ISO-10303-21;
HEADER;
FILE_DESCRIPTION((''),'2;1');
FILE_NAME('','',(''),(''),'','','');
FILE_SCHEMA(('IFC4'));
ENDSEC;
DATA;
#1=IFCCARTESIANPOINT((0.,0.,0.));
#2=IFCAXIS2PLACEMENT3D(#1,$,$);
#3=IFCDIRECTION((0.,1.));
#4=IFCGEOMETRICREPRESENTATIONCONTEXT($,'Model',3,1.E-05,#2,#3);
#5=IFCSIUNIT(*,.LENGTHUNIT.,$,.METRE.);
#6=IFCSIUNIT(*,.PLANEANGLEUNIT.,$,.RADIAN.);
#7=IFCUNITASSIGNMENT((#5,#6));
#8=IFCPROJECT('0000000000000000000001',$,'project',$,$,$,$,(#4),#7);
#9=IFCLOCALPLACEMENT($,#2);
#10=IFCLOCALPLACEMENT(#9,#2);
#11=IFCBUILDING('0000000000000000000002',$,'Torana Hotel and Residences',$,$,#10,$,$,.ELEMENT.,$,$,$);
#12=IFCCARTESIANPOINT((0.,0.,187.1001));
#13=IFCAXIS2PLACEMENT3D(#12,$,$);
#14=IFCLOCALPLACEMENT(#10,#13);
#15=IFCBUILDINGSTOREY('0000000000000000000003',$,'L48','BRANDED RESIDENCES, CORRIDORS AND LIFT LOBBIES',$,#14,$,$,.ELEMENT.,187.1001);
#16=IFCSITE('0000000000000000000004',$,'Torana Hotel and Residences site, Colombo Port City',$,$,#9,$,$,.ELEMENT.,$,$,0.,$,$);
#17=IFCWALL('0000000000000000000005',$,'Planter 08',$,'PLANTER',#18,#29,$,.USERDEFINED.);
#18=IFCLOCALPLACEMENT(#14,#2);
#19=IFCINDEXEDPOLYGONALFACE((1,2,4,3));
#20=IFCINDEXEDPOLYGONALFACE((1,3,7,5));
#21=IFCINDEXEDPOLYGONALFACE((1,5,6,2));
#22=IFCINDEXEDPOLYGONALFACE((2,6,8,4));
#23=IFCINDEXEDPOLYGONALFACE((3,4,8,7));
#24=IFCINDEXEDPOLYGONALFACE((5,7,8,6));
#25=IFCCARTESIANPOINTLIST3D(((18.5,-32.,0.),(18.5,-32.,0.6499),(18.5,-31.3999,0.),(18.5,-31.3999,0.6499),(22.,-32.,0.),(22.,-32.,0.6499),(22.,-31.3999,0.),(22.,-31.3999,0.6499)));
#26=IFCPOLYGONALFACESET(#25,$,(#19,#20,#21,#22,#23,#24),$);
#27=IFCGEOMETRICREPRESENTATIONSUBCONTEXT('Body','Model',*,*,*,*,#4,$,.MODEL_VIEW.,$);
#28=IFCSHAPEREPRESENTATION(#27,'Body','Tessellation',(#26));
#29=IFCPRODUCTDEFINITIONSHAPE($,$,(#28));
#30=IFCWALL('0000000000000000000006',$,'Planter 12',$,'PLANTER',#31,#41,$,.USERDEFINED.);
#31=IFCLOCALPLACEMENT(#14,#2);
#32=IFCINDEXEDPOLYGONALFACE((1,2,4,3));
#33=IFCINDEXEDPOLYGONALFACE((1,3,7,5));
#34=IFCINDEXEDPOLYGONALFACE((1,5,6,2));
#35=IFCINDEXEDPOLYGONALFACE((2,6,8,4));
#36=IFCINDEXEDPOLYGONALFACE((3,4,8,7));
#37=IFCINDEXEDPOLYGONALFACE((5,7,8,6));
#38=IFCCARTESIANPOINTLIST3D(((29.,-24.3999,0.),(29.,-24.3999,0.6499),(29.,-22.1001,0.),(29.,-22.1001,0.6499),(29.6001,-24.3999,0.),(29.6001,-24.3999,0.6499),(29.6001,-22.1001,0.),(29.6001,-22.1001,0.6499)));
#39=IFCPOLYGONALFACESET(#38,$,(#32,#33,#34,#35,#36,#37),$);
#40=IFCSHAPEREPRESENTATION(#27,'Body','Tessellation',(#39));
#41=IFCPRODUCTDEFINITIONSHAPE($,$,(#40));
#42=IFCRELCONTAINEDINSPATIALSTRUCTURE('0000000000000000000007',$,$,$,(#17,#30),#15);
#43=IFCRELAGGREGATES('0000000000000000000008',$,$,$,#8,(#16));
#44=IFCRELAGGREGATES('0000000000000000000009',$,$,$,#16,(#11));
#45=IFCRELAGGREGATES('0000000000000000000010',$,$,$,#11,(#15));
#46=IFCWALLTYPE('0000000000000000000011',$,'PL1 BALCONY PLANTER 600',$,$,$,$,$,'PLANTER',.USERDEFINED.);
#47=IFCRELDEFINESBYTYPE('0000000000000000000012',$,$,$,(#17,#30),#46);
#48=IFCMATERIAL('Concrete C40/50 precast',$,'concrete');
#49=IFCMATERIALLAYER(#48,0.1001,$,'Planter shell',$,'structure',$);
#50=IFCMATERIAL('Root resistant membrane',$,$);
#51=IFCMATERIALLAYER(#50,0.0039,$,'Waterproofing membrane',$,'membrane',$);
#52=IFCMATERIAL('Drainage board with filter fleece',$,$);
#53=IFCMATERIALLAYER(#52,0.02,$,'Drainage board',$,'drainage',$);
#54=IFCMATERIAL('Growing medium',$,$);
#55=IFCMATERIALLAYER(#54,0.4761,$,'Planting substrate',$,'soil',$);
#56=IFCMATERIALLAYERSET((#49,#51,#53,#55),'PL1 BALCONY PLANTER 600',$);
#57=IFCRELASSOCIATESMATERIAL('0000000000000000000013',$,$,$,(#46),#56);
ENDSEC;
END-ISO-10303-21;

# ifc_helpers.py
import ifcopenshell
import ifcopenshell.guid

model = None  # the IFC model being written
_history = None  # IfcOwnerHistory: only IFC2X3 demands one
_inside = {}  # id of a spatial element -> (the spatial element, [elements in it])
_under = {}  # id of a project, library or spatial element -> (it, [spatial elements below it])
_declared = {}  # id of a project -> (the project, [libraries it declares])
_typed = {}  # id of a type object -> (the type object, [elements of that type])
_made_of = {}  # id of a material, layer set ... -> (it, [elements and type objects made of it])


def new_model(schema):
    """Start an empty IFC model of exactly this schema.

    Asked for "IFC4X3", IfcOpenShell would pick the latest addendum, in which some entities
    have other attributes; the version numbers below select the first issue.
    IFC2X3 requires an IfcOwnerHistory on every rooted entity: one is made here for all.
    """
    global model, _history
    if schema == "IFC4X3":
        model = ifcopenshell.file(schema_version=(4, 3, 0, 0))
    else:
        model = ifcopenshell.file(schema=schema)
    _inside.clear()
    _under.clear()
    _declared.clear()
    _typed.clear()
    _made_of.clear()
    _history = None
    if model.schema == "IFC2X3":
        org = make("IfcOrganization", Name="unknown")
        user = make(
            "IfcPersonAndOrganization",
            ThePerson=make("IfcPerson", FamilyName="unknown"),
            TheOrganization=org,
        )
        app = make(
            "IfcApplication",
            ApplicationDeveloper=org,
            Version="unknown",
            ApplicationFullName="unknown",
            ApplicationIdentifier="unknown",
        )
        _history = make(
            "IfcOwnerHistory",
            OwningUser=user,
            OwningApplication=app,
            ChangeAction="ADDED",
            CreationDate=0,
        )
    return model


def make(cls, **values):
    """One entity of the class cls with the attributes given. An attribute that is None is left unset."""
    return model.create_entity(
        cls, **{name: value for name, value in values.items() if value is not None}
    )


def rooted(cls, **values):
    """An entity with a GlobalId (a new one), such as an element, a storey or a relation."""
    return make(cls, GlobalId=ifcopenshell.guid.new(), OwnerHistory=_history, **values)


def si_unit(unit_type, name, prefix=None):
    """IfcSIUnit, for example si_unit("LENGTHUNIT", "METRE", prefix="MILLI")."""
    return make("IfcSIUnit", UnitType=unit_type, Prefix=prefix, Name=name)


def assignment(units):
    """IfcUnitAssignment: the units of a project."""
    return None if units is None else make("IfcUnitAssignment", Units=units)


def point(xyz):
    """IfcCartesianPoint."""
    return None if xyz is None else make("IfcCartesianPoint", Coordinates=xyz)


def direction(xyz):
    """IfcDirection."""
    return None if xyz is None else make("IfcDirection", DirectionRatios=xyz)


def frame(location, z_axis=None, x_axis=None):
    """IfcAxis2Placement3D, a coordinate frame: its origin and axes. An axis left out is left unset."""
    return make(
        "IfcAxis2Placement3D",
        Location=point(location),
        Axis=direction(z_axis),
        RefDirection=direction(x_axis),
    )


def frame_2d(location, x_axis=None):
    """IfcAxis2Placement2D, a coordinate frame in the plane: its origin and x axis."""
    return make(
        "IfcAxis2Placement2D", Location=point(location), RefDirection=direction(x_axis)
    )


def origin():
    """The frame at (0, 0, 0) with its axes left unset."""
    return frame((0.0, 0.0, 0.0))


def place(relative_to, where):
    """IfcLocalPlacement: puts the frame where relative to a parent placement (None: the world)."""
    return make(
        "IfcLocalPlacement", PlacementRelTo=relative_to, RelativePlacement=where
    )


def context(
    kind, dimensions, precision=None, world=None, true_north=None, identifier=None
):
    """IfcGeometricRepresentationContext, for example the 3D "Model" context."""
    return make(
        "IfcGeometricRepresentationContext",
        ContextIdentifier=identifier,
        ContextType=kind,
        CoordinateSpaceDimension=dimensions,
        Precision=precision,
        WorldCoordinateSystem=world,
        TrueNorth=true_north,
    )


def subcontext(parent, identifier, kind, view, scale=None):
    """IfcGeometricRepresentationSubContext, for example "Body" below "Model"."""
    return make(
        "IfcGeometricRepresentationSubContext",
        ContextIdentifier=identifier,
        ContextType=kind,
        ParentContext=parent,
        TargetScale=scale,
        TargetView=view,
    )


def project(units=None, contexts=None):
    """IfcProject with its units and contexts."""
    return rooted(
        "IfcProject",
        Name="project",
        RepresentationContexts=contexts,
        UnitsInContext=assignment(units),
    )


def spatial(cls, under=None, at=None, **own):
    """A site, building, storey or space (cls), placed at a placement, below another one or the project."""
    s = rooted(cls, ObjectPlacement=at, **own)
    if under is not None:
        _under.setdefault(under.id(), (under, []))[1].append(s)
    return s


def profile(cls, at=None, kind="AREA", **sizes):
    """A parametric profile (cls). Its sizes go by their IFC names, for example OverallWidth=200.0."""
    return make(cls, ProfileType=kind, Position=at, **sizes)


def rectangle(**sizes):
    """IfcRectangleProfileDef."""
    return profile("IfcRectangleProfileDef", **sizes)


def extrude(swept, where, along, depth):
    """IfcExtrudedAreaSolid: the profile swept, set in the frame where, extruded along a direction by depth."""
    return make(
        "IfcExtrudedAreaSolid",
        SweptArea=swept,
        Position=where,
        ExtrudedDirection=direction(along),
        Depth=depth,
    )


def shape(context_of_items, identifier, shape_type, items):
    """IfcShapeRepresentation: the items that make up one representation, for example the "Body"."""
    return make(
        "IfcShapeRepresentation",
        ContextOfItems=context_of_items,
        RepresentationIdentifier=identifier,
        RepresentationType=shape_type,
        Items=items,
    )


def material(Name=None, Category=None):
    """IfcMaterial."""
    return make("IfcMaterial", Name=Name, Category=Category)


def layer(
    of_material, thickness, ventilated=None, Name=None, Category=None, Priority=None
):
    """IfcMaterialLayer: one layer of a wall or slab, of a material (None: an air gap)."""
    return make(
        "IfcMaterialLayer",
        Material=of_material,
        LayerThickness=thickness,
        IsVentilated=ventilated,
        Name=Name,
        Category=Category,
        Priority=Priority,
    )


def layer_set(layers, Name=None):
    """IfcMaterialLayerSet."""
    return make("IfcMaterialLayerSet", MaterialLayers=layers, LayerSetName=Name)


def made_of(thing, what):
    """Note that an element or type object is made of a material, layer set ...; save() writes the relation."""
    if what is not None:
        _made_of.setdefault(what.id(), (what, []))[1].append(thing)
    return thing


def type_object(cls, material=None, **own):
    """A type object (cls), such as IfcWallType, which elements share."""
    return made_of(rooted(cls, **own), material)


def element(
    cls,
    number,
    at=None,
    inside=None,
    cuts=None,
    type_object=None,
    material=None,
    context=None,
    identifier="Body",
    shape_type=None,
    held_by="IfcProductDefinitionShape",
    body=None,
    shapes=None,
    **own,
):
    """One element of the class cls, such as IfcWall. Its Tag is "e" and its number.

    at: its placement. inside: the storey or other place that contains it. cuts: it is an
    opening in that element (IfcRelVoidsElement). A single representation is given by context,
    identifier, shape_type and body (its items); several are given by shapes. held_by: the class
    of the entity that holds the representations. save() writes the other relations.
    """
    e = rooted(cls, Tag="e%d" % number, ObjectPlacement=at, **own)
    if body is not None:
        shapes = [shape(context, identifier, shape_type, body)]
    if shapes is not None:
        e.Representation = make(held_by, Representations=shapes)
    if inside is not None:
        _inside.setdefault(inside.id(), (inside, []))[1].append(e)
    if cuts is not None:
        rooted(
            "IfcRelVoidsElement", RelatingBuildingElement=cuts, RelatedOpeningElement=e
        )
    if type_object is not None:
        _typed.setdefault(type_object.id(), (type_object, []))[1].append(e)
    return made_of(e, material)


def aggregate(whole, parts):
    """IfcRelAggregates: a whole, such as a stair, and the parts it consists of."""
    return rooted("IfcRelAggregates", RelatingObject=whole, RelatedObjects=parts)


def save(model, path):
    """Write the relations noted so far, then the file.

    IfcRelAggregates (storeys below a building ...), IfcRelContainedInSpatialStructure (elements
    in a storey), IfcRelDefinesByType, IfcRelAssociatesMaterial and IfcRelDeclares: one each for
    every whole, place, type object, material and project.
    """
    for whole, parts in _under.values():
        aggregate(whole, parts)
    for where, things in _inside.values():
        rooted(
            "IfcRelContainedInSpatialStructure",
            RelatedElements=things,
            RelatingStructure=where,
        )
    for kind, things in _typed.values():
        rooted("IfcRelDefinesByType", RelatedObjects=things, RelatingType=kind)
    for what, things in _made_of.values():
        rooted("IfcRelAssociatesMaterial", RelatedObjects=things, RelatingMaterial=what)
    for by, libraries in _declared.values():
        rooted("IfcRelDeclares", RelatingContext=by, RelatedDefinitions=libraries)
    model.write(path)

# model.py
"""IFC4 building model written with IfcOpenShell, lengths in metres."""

from ifc_helpers import new_model, si_unit, direction, frame, frame_2d, origin, place, context, subcontext, project, spatial, rectangle, extrude, material, layer, layer_set, type_object, element, save


model = new_model("IFC4")

# Units and contexts
model_context = context("Model", 3, precision=1e-05, world=origin(), true_north=direction((0.0, 1.0)))
body_context = subcontext(model_context, "Body", "Model", "MODEL_VIEW")
ifc_project = project(units=[si_unit("LENGTHUNIT", "METRE"), si_unit("PLANEANGLEUNIT", "RADIAN")], contexts=[model_context])

# Site, building, storey
site_placement = place(None, origin())
site = spatial("IfcSite", under=ifc_project, at=site_placement, Name="Torana Hotel and Residences site, Colombo Port City", CompositionType="ELEMENT", RefElevation=0.0)
building_placement = place(site_placement, origin())
building = spatial("IfcBuilding", under=site, at=building_placement, Name="Torana Hotel and Residences", CompositionType="ELEMENT")
storey_placement = place(building_placement, frame((0.0, 0.0, 187.1001)))
storey = spatial("IfcBuildingStorey", under=building, at=storey_placement, Name="L48", Description="BRANDED RESIDENCES, CORRIDORS AND LIFT LOBBIES", CompositionType="ELEMENT", Elevation=187.1001)

# Walls
ifc_material_1 = material(Name="Concrete C40/50 precast", Category="concrete")
ifc_layer_1 = layer(ifc_material_1, 0.1001, Name="Planter shell", Category="structure")
ifc_material_2 = material(Name="Root resistant membrane")
ifc_layer_2 = layer(ifc_material_2, 0.0039, Name="Waterproofing membrane", Category="membrane")
ifc_material_3 = material(Name="Drainage board with filter fleece")
ifc_layer_3 = layer(ifc_material_3, 0.02, Name="Drainage board", Category="drainage")
ifc_material_4 = material(Name="Growing medium")
ifc_layer_4 = layer(ifc_material_4, 0.4761, Name="Planting substrate", Category="soil")
ifc_layer_set_1 = layer_set([ifc_layer_1, ifc_layer_2, ifc_layer_3, ifc_layer_4], Name="PL1 BALCONY PLANTER 600")
wall_type_1 = type_object("IfcWallType", Name="PL1 BALCONY PLANTER 600", ElementType="PLANTER", PredefinedType="USERDEFINED", material=ifc_layer_set_1)
wall_1_placement = place(storey_placement, frame((22.0, -31.7, 0.0), z_axis=(0.0, 0.0, 1.0), x_axis=(-1.0, 0.0, 0.0)))
element("IfcWall", 1, at=wall_1_placement, inside=storey, type_object=wall_type_1, Name="Planter 08", ObjectType="PLANTER", PredefinedType="USERDEFINED", context=body_context, shape_type="SweptSolid", body=[
    extrude(rectangle(XDim=3.5, YDim=0.6001, at=frame_2d((1.75, 0.0))), origin(), (0.0, 0.0, 1.0), 0.6499),
])
wall_2_placement = place(storey_placement, frame((29.3, -22.1001, 0.0), z_axis=(0.0, 0.0, 1.0), x_axis=(0.0, -1.0, 0.0)))
element("IfcWall", 2, at=wall_2_placement, inside=storey, type_object=wall_type_1, Name="Planter 12", ObjectType="PLANTER", PredefinedType="USERDEFINED", context=body_context, shape_type="SweptSolid", body=[
    extrude(rectangle(XDim=2.2998, YDim=0.6001, at=frame_2d((1.1499, 0.0))), origin(), (0.0, 0.0, 1.0), 0.6499),
])

save(model, "model.ifc")
